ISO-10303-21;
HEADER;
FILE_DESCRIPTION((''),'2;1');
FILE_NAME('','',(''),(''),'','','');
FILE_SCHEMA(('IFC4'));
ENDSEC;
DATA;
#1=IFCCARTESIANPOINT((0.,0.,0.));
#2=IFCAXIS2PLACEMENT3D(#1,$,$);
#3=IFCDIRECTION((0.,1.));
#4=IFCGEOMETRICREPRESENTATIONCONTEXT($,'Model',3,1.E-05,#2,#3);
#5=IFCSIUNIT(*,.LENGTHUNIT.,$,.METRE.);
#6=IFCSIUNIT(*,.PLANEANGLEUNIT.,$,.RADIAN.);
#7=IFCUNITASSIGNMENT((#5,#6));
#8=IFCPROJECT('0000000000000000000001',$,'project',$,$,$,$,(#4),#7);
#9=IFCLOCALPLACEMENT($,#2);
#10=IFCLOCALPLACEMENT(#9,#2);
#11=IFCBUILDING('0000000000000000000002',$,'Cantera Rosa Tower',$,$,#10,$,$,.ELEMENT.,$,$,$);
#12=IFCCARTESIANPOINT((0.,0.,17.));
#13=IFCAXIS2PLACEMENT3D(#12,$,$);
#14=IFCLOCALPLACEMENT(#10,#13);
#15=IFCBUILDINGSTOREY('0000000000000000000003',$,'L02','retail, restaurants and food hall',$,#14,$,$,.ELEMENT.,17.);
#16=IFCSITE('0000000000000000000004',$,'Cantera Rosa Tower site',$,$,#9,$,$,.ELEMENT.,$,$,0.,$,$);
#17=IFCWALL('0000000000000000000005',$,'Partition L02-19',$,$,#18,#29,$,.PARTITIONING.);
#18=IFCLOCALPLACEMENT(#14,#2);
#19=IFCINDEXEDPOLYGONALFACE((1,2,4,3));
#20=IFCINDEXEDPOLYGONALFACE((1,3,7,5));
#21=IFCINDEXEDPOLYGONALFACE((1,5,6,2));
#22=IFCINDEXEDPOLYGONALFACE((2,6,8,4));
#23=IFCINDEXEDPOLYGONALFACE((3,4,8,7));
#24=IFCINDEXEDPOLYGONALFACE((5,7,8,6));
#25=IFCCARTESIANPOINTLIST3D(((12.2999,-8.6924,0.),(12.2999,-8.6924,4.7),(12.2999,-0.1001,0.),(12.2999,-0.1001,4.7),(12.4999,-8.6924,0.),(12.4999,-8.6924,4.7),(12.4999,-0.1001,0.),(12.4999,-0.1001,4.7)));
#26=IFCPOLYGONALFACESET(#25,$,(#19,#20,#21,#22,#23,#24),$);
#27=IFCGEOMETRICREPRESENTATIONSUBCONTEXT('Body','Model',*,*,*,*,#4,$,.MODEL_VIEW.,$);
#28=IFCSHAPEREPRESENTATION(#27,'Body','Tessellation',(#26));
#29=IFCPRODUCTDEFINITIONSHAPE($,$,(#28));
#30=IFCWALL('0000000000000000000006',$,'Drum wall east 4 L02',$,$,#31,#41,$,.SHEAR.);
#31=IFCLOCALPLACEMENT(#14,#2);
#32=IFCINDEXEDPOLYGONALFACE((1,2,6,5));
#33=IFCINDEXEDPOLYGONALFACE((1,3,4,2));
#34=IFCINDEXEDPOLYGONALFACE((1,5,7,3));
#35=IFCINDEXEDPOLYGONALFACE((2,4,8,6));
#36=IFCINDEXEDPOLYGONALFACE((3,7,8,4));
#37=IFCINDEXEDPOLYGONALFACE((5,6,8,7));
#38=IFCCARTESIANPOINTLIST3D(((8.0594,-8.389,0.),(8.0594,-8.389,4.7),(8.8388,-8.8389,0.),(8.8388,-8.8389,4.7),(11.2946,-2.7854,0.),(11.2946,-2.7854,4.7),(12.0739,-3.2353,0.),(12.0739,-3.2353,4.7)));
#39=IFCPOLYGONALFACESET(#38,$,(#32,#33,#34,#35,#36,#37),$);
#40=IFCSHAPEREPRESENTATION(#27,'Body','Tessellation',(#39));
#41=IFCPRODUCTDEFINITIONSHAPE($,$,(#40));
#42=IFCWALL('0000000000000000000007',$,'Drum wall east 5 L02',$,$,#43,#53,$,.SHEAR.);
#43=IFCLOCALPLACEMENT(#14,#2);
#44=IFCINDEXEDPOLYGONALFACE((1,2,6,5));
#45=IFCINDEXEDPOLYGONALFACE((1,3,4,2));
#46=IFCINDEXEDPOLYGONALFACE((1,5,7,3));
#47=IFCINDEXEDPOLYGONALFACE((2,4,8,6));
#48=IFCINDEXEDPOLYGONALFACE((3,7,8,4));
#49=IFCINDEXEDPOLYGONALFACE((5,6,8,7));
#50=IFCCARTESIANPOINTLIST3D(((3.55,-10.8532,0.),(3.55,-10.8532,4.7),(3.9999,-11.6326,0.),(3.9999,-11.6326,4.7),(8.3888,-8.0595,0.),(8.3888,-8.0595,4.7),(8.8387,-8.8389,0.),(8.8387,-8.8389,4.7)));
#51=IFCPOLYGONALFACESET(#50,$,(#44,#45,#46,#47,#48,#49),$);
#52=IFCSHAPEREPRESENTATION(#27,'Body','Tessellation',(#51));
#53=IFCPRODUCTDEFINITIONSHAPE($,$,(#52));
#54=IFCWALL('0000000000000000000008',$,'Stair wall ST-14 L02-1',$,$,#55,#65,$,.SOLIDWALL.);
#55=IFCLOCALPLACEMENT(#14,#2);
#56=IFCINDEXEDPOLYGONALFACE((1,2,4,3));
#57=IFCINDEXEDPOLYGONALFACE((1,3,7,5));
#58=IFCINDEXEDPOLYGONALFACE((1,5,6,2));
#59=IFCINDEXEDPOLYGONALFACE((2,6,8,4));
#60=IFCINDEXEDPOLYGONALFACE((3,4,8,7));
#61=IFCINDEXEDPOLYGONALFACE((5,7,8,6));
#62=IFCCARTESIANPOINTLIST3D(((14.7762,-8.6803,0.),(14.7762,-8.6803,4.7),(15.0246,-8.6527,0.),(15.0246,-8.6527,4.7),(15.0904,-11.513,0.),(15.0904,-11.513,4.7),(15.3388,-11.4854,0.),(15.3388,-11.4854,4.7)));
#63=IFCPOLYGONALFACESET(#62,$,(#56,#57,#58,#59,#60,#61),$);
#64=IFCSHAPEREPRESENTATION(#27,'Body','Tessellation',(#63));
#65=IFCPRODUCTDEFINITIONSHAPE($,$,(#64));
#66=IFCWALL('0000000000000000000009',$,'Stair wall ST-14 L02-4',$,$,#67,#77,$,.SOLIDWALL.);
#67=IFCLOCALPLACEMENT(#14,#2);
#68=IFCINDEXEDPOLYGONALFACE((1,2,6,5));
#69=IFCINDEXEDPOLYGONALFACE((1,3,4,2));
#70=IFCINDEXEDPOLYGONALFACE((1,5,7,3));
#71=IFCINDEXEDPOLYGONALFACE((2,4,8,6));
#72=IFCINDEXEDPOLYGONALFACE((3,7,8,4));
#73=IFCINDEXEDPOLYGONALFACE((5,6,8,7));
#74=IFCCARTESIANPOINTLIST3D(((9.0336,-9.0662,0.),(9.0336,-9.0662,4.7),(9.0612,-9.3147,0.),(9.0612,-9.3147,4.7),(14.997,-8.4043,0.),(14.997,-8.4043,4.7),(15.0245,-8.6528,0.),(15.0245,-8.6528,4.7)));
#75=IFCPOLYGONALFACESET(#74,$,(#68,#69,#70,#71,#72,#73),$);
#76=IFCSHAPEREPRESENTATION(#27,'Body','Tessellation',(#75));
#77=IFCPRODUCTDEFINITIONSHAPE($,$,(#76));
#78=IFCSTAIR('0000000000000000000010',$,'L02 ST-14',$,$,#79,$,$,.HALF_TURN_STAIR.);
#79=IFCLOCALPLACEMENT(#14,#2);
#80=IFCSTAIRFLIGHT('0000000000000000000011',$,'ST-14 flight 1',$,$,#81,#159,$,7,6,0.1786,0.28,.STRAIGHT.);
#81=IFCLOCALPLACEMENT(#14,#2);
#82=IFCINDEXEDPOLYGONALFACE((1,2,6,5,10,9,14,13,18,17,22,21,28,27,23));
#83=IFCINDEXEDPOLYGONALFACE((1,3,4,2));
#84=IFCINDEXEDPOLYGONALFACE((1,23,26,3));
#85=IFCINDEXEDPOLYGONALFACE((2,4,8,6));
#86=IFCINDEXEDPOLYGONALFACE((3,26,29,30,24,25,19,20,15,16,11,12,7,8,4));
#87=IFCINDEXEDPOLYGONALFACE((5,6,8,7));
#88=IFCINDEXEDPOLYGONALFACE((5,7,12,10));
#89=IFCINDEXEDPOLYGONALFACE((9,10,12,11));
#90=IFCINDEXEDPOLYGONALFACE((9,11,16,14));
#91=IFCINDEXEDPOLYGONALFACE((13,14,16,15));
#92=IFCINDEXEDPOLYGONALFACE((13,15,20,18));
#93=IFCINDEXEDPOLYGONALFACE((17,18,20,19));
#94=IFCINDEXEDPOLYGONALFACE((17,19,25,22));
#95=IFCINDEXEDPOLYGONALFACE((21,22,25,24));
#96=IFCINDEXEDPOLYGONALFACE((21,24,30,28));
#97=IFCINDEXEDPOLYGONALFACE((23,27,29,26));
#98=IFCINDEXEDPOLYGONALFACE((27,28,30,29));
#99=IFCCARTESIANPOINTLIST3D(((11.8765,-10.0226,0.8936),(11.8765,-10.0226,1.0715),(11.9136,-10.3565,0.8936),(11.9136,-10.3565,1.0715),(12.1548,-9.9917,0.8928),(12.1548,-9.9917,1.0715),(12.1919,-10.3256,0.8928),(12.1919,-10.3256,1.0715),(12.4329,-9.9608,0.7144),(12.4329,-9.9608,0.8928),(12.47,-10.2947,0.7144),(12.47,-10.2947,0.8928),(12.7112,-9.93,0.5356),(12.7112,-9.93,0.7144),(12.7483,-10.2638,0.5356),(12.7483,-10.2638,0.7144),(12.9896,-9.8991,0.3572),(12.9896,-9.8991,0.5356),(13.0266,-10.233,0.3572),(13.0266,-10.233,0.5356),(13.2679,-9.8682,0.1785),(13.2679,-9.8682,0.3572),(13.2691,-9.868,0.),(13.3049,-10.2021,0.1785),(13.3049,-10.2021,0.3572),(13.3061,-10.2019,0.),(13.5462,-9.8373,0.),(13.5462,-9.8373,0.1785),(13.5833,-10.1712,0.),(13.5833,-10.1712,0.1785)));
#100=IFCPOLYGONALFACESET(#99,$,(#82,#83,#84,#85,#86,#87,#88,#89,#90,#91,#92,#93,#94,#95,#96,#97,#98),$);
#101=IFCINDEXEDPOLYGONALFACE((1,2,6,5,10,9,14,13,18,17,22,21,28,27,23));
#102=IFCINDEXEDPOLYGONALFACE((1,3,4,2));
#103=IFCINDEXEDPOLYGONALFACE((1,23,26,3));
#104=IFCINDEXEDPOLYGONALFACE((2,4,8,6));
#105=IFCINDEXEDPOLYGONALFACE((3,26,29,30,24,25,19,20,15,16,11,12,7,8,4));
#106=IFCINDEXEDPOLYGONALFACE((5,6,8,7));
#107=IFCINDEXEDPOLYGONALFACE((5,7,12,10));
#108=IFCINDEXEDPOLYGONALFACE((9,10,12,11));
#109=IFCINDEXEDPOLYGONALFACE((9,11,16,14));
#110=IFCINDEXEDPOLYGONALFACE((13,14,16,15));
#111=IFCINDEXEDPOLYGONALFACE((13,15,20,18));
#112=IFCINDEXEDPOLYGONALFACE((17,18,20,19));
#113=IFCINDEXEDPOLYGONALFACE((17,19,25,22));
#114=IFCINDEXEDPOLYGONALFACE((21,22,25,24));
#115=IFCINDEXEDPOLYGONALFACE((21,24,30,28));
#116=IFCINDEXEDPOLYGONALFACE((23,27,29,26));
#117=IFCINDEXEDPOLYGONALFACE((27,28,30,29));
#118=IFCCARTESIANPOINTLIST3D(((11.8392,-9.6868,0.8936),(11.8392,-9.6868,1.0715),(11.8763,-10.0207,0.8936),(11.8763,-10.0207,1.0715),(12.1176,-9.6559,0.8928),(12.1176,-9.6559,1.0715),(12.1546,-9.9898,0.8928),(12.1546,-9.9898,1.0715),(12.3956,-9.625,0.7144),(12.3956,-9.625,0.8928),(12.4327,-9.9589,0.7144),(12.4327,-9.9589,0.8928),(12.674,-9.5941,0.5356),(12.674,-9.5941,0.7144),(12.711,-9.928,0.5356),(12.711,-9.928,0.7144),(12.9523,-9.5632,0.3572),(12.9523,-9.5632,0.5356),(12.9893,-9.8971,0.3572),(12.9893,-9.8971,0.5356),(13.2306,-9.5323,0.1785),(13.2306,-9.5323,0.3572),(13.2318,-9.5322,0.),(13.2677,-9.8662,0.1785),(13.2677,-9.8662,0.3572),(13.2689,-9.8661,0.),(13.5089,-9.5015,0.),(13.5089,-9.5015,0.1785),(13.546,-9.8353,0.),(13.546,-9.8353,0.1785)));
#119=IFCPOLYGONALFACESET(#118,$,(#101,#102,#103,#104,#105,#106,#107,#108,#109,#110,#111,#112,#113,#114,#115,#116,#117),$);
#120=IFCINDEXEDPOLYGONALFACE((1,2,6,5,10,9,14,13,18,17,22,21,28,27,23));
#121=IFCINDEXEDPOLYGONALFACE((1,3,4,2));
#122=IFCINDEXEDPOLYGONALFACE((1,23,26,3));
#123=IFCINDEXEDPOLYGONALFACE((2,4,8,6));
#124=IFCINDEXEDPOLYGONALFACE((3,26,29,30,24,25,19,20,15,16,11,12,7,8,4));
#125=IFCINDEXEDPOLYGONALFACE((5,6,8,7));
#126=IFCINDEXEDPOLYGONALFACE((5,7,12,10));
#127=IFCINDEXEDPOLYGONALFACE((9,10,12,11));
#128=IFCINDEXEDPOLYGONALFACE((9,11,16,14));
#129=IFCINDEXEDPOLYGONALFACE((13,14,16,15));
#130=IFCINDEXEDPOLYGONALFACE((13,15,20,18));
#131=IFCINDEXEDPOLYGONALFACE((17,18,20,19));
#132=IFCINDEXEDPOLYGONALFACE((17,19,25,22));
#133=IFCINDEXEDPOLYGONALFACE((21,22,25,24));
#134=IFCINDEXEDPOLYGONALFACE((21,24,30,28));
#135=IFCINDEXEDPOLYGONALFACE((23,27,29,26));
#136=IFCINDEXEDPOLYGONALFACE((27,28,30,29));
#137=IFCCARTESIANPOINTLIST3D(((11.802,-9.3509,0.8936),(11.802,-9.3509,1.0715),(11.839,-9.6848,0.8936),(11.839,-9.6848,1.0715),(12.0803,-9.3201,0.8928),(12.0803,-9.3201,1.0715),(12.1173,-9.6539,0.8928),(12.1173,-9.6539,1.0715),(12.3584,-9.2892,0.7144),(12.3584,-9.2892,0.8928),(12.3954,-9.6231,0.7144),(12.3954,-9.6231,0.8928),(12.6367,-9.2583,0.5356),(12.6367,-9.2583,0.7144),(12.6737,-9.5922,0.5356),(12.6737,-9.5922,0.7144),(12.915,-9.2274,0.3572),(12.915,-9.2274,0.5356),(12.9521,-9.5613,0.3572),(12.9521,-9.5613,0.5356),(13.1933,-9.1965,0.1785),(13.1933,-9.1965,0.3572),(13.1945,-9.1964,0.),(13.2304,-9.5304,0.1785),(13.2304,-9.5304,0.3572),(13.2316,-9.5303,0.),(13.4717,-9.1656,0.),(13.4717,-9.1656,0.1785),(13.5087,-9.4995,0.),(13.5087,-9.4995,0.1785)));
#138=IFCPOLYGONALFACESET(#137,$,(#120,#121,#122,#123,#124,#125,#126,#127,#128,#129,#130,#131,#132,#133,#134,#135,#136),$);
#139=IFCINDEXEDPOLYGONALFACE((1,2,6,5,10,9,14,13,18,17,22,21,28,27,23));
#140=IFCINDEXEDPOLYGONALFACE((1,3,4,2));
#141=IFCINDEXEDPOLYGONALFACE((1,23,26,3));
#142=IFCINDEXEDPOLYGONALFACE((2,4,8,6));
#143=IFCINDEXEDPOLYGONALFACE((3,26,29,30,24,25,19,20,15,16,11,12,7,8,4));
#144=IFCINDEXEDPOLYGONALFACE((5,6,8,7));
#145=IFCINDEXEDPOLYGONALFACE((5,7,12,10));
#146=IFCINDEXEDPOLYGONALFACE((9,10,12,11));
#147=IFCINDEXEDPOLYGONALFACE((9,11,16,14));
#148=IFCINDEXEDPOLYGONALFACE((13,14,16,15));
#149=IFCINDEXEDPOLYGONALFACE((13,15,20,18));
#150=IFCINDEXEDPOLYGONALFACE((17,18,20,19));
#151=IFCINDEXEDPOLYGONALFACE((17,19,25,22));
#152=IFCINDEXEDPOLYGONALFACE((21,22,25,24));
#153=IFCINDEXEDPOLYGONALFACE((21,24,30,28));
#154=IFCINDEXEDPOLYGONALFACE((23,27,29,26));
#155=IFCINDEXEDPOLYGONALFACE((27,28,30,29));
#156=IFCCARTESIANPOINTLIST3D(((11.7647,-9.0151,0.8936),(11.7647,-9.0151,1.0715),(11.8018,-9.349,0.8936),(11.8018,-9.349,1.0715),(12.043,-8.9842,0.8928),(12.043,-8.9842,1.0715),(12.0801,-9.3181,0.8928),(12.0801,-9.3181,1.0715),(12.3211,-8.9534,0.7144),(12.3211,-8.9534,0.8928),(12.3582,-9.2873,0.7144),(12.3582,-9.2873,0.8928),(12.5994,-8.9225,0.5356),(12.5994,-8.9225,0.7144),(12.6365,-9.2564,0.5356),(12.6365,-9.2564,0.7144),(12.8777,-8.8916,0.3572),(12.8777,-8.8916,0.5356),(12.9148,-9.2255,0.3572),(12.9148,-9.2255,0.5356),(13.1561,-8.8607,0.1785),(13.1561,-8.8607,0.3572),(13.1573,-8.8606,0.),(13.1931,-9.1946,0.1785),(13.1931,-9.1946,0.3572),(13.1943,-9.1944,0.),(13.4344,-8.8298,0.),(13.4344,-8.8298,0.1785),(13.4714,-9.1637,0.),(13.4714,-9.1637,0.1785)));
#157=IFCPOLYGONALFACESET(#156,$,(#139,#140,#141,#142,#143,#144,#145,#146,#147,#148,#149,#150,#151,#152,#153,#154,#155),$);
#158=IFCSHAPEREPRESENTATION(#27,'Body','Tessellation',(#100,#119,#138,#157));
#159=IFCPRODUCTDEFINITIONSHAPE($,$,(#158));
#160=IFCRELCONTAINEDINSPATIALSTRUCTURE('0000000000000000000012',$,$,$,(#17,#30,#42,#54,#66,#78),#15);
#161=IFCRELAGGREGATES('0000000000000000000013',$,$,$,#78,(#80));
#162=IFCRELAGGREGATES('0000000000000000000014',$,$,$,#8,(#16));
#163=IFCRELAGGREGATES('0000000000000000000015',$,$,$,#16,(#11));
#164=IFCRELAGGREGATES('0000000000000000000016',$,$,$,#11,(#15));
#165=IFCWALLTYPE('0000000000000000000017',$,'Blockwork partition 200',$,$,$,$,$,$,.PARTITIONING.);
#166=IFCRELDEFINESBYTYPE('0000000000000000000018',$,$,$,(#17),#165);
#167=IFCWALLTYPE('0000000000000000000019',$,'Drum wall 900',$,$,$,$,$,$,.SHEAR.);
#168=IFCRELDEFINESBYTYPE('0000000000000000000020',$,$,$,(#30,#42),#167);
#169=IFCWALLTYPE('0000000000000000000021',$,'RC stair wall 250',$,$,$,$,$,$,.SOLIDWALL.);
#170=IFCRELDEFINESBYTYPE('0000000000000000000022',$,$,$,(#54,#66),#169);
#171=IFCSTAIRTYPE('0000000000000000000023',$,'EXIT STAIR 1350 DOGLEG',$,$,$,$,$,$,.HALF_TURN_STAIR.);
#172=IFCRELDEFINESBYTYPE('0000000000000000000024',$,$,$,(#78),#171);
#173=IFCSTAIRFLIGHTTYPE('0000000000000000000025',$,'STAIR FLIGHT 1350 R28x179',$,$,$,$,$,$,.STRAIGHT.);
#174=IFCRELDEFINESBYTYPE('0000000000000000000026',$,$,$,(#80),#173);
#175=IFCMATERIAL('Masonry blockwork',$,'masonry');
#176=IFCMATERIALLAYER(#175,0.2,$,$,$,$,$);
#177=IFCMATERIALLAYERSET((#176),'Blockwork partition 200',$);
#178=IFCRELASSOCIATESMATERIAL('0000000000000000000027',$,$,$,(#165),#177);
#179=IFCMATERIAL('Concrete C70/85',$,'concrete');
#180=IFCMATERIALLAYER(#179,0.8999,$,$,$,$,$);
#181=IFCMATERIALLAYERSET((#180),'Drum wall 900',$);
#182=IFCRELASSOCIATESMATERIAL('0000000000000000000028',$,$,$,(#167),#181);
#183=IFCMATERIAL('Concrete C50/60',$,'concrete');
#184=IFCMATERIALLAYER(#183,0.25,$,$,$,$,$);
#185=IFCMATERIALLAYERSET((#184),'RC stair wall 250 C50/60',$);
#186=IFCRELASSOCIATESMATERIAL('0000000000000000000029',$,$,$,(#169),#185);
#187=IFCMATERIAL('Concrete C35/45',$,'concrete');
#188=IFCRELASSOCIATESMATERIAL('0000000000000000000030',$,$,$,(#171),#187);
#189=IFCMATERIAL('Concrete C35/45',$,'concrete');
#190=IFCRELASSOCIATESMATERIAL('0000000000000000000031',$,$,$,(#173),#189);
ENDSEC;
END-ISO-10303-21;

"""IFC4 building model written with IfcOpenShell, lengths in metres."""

from ifc_helpers import new_model, si_unit, direction, frame, frame_2d, origin, place, context, subcontext, project, spatial, polyline, rectangle, outline, extrude, material, layer, layer_set, type_object, element, aggregate, save


model = new_model("IFC4")

# Units and contexts
model_context = context("Model", 3, precision=1e-05, world=origin(), true_north=direction((0.0, 1.0)))
body_context = subcontext(model_context, "Body", "Model", "MODEL_VIEW")
ifc_project = project(units=[si_unit("LENGTHUNIT", "METRE"), si_unit("PLANEANGLEUNIT", "RADIAN")], contexts=[model_context])

# Site, building, storey
site_placement = place(None, origin())
site = spatial("IfcSite", under=ifc_project, at=site_placement, Name="Cantera Rosa Tower site", CompositionType="ELEMENT", RefElevation=0.0)
building_placement = place(site_placement, origin())
building = spatial("IfcBuilding", under=site, at=building_placement, Name="Cantera Rosa Tower", CompositionType="ELEMENT")
storey_placement = place(building_placement, frame((0.0, 0.0, 17.0)))
storey = spatial("IfcBuildingStorey", under=building, at=storey_placement, Name="L02", Description="retail, restaurants and food hall", CompositionType="ELEMENT", Elevation=17.0)

# Walls
ifc_material_1 = material(Name="Masonry blockwork", Category="masonry")
ifc_layer_1 = layer(ifc_material_1, 0.2)
ifc_layer_set_1 = layer_set([ifc_layer_1], Name="Blockwork partition 200")
wall_type_1 = type_object("IfcWallType", Name="Blockwork partition 200", PredefinedType="PARTITIONING", material=ifc_layer_set_1)
wall_1_placement = place(storey_placement, frame((12.3999, -8.6924, 0.0), z_axis=(0.0, 0.0, 1.0), x_axis=(0.0, 1.0, 0.0)))
element("IfcWall", 1, at=wall_1_placement, inside=storey, type_object=wall_type_1, Name="Partition L02-19", PredefinedType="PARTITIONING", context=body_context, shape_type="SweptSolid", body=[
    extrude(rectangle(XDim=8.5923, YDim=0.2, at=frame_2d((4.2961, 0.0))), origin(), (0.0, 0.0, 1.0), 4.7),
])
ifc_material_2 = material(Name="Concrete C70/85", Category="concrete")
ifc_layer_2 = layer(ifc_material_2, 0.8999)
ifc_layer_set_2 = layer_set([ifc_layer_2], Name="Drum wall 900")
wall_type_2 = type_object("IfcWallType", Name="Drum wall 900", PredefinedType="SHEAR", material=ifc_layer_set_2)
wall_2_placement = place(storey_placement, frame((11.6843, -3.0103, 0.0), z_axis=(0.0, 0.0, 1.0), x_axis=(-0.49999, -0.866031, 0.0)))
element("IfcWall", 2, at=wall_2_placement, inside=storey, type_object=wall_type_2, Name="Drum wall east 4 L02", PredefinedType="SHEAR", context=body_context, shape_type="SweptSolid", body=[
    extrude(rectangle(XDim=6.4705, YDim=0.8999, at=frame_2d((3.2354, 0.0))), origin(), (0.0, 0.0, 1.0), 4.7),
])
wall_3_placement = place(storey_placement, frame((8.6138, -8.4492, 0.0), z_axis=(0.0, 0.0, 1.0), x_axis=(-0.866027, -0.499997, 0.0)))
element("IfcWall", 3, at=wall_3_placement, inside=storey, type_object=wall_type_2, Name="Drum wall east 5 L02", PredefinedType="SHEAR", context=body_context, shape_type="SweptSolid", body=[
    extrude(rectangle(XDim=5.5874, YDim=0.8999, at=frame_2d((2.7937, 0.0))), origin(), (0.0, 0.0, 1.0), 4.7),
])
ifc_material_3 = material(Name="Concrete C50/60", Category="concrete")
ifc_layer_3 = layer(ifc_material_3, 0.25)
ifc_layer_set_3 = layer_set([ifc_layer_3], Name="RC stair wall 250 C50/60")
wall_type_3 = type_object("IfcWallType", Name="RC stair wall 250", PredefinedType="SOLIDWALL", material=ifc_layer_set_3)
wall_4_placement = place(storey_placement, frame((14.9004, -8.6665, 0.0), z_axis=(0.0, 0.0, 1.0), x_axis=(0.110243, -0.993905, 0.0)))
element("IfcWall", 4, at=wall_4_placement, inside=storey, type_object=wall_type_3, Name="Stair wall ST-14 L02-1", PredefinedType="SOLIDWALL", context=body_context, shape_type="SweptSolid", body=[
    extrude(rectangle(XDim=2.8501, YDim=0.25, at=frame_2d((1.425, 0.0))), origin(), (0.0, 0.0, 1.0), 4.7),
])
wall_5_placement = place(storey_placement, frame((9.0474, -9.1904, 0.0), z_axis=(0.0, 0.0, 1.0), x_axis=(0.993897, 0.110311, 0.0)))
element("IfcWall", 5, at=wall_5_placement, inside=storey, type_object=wall_type_3, Name="Stair wall ST-14 L02-4", PredefinedType="SOLIDWALL", context=body_context, shape_type="SweptSolid", body=[
    extrude(rectangle(XDim=6.0, YDim=0.25, at=frame_2d((3.0, 0.0))), origin(), (0.0, 0.0, 1.0), 4.7),
])

# Stair, stair flight
ifc_material_4 = material(Name="Concrete C35/45", Category="concrete")
stair_type = type_object("IfcStairType", Name="EXIT STAIR 1350 DOGLEG", PredefinedType="HALF_TURN_STAIR", material=ifc_material_4)
stair_placement = place(storey_placement, origin())
stair = element("IfcStair", 6, at=stair_placement, inside=storey, type_object=stair_type, Name="L02 ST-14", PredefinedType="HALF_TURN_STAIR")
ifc_material_5 = material(Name="Concrete C35/45", Category="concrete")
stair_flight_type = type_object("IfcStairFlightType", Name="STAIR FLIGHT 1350 R28x179", PredefinedType="STRAIGHT", material=ifc_material_5)
stair_flight_1_placement = place(storey_placement, frame((13.5088, -9.5002, 0.0), z_axis=(0.0, 0.0, 1.0), x_axis=(-0.993897, -0.110313, 0.0)))
stair_flight_1 = element("IfcStairFlight", 7, at=stair_flight_1_placement, type_object=stair_flight_type, Name="ST-14 flight 1", NumberOfRisers=7, NumberOfTreads=6, PredefinedType="STRAIGHT", RiserHeight=0.1786, TreadLength=0.28, context=body_context, shape_type="SweptSolid", body=[
    extrude(outline(polyline([(0.0, 0.0), (0.0, 0.1785), (0.28, 0.1785), (0.28, 0.3572), (0.5601, 0.3572), (0.5601, 0.5356), (0.8401, 0.5356), (0.8401, 0.7144), (1.1201, 0.7144), (1.1201, 0.8928), (1.3999, 0.8928), (1.3999, 1.0715), (1.6799, 1.0715), (1.6799, 1.25), (1.6799, 0.8936), (0.2788, 0.0), (0.0, 0.0)])), frame((0.0, 0.675, 0.0), z_axis=(0.0, -1.0, 0.0), x_axis=(1.0, 0.0, 0.0)), (0.0, 0.0, 1.0), 0.3359),
    extrude(outline(polyline([(0.0, 0.0), (0.0, 0.1785), (0.28, 0.1785), (0.28, 0.3572), (0.5601, 0.3572), (0.5601, 0.5356), (0.8401, 0.5356), (0.8401, 0.7144), (1.1201, 0.7144), (1.1201, 0.8928), (1.3999, 0.8928), (1.3999, 1.0715), (1.6799, 1.0715), (1.6799, 1.25), (1.6799, 0.8936), (0.2788, 0.0), (0.0, 0.0)])), frame((0.0, 0.3372, 0.0), z_axis=(0.0, -1.0, 0.0), x_axis=(1.0, 0.0, 0.0)), (0.0, 0.0, 1.0), 0.3359),
    extrude(outline(polyline([(0.0, 0.0), (0.0, 0.1785), (0.28, 0.1785), (0.28, 0.3572), (0.5601, 0.3572), (0.5601, 0.5356), (0.8401, 0.5356), (0.8401, 0.7144), (1.1201, 0.7144), (1.1201, 0.8928), (1.3999, 0.8928), (1.3999, 1.0715), (1.6799, 1.0715), (1.6799, 1.25), (1.6799, 0.8936), (0.2788, 0.0), (0.0, 0.0)])), frame((0.0, -0.0007, 0.0), z_axis=(0.0, -1.0, 0.0), x_axis=(1.0, 0.0, 0.0)), (0.0, 0.0, 1.0), 0.3359),
    extrude(outline(polyline([(0.0, 0.0), (0.0, 0.1785), (0.28, 0.1785), (0.28, 0.3572), (0.5601, 0.3572), (0.5601, 0.5356), (0.8401, 0.5356), (0.8401, 0.7144), (1.1201, 0.7144), (1.1201, 0.8928), (1.3999, 0.8928), (1.3999, 1.0715), (1.6799, 1.0715), (1.6799, 1.25), (1.6799, 0.8936), (0.2788, 0.0), (0.0, 0.0)])), frame((0.0, -0.3386, 0.0), z_axis=(0.0, -1.0, 0.0), x_axis=(1.0, 0.0, 0.0)), (0.0, 0.0, 1.0), 0.3359),
])
aggregate(stair, [stair_flight_1])

save(model, "model.ifc")
